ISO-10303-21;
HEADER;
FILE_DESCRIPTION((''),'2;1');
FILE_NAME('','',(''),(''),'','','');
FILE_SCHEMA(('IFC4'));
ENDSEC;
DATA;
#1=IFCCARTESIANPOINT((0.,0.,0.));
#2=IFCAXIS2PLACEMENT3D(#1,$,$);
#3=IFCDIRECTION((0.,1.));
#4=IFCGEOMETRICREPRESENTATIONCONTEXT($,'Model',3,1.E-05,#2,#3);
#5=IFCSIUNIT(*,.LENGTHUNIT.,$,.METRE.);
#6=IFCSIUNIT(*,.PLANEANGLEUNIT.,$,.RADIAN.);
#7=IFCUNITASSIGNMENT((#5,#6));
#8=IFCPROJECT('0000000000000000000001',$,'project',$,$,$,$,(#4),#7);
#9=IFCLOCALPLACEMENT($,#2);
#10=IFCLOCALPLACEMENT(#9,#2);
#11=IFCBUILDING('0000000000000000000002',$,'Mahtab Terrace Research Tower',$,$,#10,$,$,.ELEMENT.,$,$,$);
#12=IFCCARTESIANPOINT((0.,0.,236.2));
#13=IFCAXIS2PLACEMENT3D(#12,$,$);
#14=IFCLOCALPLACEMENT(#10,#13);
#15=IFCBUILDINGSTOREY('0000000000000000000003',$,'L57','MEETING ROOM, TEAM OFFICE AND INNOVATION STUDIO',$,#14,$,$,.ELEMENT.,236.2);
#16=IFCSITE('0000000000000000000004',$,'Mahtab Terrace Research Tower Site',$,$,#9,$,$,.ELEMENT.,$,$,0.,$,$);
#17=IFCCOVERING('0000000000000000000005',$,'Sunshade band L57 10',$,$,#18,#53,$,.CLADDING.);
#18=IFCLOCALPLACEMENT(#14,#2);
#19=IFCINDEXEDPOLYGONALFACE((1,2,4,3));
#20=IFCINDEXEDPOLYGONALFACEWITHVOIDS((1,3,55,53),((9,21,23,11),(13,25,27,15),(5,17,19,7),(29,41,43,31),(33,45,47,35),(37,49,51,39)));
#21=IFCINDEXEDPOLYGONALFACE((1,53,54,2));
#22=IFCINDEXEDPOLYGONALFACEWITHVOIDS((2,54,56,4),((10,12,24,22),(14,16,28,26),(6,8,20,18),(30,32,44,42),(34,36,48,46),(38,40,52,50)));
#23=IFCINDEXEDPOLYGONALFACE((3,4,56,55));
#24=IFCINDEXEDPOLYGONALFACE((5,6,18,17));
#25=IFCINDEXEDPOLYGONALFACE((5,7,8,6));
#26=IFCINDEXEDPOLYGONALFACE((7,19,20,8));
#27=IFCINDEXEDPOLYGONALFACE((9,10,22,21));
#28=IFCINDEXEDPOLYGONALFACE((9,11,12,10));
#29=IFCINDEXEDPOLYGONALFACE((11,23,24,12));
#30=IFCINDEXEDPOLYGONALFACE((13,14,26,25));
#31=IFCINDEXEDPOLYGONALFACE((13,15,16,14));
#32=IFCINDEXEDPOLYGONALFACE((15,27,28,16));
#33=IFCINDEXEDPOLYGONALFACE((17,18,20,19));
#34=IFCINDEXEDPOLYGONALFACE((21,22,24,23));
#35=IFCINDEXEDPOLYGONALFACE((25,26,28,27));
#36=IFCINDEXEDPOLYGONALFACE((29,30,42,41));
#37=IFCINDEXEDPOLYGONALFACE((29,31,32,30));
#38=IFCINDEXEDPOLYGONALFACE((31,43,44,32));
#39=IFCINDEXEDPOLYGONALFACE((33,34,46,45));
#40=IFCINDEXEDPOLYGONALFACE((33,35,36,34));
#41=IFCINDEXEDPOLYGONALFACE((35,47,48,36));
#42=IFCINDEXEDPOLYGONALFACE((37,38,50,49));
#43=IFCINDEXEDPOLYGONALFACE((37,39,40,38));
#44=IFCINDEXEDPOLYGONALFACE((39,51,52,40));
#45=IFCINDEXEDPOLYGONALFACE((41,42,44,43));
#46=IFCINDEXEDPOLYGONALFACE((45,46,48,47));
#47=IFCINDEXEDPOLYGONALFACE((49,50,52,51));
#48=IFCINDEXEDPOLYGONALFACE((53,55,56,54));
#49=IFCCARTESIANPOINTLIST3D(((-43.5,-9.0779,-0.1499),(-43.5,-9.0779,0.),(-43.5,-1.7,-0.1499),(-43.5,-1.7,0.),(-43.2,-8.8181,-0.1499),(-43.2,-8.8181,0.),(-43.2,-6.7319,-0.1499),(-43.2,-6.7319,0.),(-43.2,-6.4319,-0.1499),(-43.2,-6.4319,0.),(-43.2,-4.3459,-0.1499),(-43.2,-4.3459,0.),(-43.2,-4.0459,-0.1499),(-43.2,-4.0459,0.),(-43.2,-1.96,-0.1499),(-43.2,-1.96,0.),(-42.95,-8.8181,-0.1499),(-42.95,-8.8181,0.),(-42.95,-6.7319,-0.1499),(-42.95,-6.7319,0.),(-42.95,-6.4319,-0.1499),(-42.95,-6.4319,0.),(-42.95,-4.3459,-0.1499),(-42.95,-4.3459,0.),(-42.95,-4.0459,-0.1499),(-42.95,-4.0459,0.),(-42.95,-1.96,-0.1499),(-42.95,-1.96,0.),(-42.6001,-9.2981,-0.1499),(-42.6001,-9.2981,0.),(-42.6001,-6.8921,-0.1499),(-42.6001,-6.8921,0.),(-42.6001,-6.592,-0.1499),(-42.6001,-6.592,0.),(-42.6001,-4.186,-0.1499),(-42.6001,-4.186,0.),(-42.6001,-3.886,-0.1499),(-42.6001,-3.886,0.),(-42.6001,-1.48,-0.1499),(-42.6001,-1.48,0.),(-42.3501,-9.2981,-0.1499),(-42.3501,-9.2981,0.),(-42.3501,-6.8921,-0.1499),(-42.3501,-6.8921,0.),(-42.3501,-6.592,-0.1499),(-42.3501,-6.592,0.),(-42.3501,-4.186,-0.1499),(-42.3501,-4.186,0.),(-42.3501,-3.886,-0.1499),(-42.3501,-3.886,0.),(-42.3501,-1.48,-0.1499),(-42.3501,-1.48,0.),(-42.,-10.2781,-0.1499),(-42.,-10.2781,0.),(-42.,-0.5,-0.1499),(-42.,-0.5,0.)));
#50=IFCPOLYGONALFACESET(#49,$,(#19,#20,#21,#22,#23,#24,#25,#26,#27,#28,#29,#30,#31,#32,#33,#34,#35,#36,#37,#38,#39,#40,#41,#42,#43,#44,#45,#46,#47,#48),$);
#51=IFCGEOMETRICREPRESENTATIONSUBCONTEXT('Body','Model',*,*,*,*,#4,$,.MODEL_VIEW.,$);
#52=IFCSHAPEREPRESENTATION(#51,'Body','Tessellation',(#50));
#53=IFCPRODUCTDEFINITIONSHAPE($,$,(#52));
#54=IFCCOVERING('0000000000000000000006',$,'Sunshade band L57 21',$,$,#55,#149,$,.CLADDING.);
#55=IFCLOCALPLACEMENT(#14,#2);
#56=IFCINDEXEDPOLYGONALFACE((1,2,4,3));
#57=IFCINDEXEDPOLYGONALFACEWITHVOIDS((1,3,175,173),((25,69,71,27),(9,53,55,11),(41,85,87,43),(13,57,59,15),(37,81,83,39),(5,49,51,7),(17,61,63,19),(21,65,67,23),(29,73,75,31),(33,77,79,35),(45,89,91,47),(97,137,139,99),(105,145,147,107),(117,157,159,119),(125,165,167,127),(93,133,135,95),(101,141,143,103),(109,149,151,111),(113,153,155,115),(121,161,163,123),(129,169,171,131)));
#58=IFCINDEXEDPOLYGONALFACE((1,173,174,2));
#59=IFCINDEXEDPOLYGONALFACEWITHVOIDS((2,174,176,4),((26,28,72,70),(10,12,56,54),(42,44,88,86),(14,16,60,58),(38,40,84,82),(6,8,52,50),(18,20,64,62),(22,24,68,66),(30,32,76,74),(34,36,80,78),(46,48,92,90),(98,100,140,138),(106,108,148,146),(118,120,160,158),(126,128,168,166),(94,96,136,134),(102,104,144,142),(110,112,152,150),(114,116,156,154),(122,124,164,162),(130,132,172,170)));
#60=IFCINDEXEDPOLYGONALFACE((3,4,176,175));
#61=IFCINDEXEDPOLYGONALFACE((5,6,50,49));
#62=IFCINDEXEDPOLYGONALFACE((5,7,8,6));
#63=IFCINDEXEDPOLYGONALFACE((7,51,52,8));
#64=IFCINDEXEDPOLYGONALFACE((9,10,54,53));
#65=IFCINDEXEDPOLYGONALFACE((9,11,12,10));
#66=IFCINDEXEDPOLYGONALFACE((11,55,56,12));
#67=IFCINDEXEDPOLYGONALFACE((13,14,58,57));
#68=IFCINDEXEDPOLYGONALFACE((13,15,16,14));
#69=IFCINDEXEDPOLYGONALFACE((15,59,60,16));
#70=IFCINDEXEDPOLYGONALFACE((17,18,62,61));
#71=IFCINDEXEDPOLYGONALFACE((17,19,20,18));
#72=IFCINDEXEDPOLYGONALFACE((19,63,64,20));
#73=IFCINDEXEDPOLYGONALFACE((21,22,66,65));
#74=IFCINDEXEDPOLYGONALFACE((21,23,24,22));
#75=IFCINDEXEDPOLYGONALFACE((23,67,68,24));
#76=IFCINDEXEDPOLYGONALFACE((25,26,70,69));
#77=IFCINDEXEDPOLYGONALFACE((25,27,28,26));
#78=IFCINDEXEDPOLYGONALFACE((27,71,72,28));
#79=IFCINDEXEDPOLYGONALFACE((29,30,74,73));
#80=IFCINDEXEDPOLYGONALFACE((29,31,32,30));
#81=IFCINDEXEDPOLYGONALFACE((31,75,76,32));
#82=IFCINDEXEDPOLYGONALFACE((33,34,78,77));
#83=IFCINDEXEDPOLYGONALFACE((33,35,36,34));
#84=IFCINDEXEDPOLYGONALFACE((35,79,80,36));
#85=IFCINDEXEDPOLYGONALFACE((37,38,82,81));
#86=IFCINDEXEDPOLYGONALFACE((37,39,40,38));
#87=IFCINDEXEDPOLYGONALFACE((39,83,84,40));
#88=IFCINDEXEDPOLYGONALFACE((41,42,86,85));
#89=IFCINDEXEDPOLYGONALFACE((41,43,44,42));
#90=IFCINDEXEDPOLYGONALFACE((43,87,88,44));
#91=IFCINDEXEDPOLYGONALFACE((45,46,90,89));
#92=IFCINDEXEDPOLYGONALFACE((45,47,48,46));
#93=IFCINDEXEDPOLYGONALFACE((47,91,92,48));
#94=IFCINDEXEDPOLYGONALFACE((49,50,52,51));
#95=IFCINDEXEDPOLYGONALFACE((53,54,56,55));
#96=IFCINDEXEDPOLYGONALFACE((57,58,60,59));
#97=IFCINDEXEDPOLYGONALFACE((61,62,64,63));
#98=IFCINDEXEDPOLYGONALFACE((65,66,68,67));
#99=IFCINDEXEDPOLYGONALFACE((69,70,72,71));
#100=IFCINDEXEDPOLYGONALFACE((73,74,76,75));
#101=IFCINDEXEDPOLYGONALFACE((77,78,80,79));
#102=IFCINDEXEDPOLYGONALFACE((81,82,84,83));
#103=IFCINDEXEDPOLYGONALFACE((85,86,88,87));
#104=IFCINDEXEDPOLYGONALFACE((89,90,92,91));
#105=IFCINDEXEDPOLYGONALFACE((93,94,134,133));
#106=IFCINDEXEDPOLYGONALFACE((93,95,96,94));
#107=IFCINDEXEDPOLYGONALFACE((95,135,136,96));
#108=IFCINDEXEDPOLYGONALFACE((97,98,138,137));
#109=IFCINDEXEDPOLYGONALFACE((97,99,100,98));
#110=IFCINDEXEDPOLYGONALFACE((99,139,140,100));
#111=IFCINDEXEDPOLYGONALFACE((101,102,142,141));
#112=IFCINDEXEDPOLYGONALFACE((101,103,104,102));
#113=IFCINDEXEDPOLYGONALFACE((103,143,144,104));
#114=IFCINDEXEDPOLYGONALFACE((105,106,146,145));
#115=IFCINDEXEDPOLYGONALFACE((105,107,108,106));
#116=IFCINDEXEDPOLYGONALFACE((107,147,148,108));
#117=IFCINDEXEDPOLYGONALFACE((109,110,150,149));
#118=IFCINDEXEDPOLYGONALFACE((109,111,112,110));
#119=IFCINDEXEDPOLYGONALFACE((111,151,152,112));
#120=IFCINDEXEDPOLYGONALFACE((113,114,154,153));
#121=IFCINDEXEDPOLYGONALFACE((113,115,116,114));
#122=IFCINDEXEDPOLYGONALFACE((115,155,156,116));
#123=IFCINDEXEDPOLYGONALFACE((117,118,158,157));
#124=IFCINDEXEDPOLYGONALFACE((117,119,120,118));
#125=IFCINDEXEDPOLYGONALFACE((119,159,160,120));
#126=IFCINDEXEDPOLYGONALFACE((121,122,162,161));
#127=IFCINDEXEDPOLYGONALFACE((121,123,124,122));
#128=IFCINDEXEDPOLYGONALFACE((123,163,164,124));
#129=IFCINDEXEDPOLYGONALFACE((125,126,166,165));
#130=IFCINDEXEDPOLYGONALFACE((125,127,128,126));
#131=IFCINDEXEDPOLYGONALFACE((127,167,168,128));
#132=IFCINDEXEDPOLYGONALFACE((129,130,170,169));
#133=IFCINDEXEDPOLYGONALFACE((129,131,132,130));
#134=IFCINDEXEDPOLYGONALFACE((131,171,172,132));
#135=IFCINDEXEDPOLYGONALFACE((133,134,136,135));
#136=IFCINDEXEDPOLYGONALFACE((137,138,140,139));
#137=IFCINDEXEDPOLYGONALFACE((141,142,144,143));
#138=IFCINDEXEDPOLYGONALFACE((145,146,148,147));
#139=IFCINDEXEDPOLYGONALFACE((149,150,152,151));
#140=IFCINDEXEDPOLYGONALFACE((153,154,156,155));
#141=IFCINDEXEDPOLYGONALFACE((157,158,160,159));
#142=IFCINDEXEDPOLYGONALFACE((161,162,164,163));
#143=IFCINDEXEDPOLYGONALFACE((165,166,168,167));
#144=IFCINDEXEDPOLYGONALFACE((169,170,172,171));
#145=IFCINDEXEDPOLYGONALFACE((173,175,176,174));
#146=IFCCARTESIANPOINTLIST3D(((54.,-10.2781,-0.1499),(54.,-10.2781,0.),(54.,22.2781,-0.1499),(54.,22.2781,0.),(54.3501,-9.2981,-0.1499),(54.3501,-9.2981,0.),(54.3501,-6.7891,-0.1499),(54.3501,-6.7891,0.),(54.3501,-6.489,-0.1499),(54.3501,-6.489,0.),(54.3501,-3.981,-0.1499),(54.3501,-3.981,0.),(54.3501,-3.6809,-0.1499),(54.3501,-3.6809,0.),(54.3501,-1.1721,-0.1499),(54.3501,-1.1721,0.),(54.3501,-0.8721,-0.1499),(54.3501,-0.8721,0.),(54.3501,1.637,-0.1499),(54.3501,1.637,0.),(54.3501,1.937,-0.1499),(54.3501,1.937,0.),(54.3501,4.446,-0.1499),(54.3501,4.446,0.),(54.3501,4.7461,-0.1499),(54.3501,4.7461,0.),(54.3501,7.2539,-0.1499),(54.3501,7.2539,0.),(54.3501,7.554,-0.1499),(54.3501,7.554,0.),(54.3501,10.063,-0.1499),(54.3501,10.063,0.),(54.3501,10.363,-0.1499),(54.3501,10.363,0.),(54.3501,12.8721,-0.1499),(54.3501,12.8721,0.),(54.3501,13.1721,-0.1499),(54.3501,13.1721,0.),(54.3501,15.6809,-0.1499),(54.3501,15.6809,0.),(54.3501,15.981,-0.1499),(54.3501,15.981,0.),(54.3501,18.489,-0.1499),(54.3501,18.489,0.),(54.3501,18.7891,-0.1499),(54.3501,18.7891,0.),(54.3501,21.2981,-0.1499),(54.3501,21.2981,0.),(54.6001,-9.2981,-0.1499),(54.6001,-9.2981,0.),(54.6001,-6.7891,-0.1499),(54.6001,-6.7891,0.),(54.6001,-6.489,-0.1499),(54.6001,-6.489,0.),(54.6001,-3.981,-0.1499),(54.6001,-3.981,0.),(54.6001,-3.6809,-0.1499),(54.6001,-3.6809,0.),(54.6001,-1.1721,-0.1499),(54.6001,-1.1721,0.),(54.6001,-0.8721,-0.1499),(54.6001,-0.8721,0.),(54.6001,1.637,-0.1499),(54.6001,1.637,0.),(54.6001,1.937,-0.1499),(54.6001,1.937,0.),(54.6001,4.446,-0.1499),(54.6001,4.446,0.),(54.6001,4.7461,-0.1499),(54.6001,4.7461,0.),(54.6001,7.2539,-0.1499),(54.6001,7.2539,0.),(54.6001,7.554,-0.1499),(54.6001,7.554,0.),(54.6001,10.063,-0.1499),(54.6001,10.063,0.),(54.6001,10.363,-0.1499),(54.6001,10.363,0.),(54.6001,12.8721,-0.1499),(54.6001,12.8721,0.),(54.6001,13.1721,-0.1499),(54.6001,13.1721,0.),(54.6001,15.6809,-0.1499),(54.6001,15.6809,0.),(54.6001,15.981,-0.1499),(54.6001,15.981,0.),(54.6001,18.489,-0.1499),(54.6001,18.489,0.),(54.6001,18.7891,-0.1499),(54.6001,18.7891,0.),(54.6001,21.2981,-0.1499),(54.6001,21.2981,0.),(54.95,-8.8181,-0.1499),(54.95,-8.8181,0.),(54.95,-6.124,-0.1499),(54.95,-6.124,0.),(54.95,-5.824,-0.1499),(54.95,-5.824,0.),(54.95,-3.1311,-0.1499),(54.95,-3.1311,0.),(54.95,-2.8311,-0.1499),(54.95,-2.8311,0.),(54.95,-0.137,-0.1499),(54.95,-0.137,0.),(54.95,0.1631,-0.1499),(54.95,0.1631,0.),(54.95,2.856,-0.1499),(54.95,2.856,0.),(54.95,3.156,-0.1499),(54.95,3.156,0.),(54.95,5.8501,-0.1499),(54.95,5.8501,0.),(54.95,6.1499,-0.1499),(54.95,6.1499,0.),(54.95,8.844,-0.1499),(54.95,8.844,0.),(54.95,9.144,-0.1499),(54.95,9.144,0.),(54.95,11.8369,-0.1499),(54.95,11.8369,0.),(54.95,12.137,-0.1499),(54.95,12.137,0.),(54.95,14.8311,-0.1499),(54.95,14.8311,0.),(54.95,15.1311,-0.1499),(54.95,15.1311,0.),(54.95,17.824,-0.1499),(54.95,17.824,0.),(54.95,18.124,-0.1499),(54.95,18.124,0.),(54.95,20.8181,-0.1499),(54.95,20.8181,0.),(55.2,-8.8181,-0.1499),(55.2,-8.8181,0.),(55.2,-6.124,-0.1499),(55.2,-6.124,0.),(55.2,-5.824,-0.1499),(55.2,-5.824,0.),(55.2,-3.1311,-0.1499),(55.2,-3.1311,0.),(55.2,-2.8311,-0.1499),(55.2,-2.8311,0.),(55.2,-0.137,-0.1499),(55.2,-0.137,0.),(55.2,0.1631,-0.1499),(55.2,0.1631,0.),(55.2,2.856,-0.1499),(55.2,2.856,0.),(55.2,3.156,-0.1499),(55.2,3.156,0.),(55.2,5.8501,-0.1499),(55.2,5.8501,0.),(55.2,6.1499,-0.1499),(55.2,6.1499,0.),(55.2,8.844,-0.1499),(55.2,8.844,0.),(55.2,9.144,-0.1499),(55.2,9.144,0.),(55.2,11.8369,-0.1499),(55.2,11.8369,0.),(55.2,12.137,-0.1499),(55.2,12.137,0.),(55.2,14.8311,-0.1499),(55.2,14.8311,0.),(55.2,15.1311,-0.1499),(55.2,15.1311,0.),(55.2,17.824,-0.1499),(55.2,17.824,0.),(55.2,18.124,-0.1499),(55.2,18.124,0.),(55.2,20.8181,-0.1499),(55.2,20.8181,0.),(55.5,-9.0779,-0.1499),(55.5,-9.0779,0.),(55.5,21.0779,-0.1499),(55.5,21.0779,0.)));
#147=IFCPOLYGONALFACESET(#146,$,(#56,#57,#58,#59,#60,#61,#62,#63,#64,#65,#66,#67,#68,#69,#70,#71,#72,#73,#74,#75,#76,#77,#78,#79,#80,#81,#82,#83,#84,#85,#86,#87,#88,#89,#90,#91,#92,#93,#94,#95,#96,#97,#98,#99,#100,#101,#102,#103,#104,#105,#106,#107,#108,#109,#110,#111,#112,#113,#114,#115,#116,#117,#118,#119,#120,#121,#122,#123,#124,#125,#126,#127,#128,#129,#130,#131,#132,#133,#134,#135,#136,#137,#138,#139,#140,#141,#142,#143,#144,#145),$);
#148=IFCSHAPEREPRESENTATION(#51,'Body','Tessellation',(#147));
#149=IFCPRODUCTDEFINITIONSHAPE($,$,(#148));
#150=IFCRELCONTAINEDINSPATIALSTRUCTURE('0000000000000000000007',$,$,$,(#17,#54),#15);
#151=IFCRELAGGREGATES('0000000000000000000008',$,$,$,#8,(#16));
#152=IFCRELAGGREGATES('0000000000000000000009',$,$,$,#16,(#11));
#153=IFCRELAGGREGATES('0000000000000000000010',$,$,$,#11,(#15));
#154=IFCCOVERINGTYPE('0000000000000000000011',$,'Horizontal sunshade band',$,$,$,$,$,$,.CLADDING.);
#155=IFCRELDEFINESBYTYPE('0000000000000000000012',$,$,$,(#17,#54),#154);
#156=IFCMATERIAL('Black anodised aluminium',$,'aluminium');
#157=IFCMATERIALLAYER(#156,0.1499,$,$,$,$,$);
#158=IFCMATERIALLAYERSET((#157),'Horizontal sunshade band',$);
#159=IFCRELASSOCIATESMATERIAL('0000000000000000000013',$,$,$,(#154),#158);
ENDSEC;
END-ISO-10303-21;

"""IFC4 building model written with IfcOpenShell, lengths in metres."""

from ifc_helpers import new_model, si_unit, direction, frame, origin, place, context, subcontext, project, spatial, polyline, outline, extrude, material, layer, layer_set, type_object, element, save


model = new_model("IFC4")

# Units and contexts
model_context = context("Model", 3, precision=1e-05, world=origin(), true_north=direction((0.0, 1.0)))
body_context = subcontext(model_context, "Body", "Model", "MODEL_VIEW")
ifc_project = project(units=[si_unit("LENGTHUNIT", "METRE"), si_unit("PLANEANGLEUNIT", "RADIAN")], contexts=[model_context])

# Site, building, storey
site_placement = place(None, origin())
site = spatial("IfcSite", under=ifc_project, at=site_placement, Name="Mahtab Terrace Research Tower Site", CompositionType="ELEMENT", RefElevation=0.0)
building_placement = place(site_placement, origin())
building = spatial("IfcBuilding", under=site, at=building_placement, Name="Mahtab Terrace Research Tower", CompositionType="ELEMENT")
storey_placement = place(building_placement, frame((0.0, 0.0, 236.2)))
storey = spatial("IfcBuildingStorey", under=building, at=storey_placement, Name="L57", Description="MEETING ROOM, TEAM OFFICE AND INNOVATION STUDIO", CompositionType="ELEMENT", Elevation=236.2)

# Coverings
ifc_material_1 = material(Name="Black anodised aluminium", Category="aluminium")
ifc_layer_1 = layer(ifc_material_1, 0.1499)
ifc_layer_set_1 = layer_set([ifc_layer_1], Name="Horizontal sunshade band")
covering_type_1 = type_object("IfcCoveringType", Name="Horizontal sunshade band", PredefinedType="CLADDING", material=ifc_layer_set_1)
covering_1_placement = place(storey_placement, frame((0.0, 0.0, -0.1499)))
element("IfcCovering", 1, at=covering_1_placement, inside=storey, type_object=covering_type_1, Name="Sunshade band L57 10", PredefinedType="CLADDING", context=body_context, shape_type="SweptSolid", body=[
    extrude(outline(polyline([(-42.0, -0.5), (-42.0, -10.2781), (-43.5, -9.0779), (-43.5, -1.7), (-42.0, -0.5)]), holes=[polyline([(-42.3501, -1.48), (-42.3501, -3.886), (-42.6001, -3.886), (-42.6001, -1.48), (-42.3501, -1.48)]), polyline([(-42.3501, -4.186), (-42.3501, -6.592), (-42.6001, -6.592), (-42.6001, -4.186), (-42.3501, -4.186)]), polyline([(-42.3501, -6.8921), (-42.3501, -9.2981), (-42.6001, -9.2981), (-42.6001, -6.8921), (-42.3501, -6.8921)]), polyline([(-42.95, -1.96), (-42.95, -4.0459), (-43.2, -4.0459), (-43.2, -1.96), (-42.95, -1.96)]), polyline([(-42.95, -4.3459), (-42.95, -6.4319), (-43.2, -6.4319), (-43.2, -4.3459), (-42.95, -4.3459)]), polyline([(-42.95, -6.7319), (-42.95, -8.8181), (-43.2, -8.8181), (-43.2, -6.7319), (-42.95, -6.7319)])]), origin(), (0.0, 0.0, 1.0), 0.1499),
])
covering_2_placement = place(storey_placement, frame((0.0, 0.0, -0.1499)))
element("IfcCovering", 2, at=covering_2_placement, inside=storey, type_object=covering_type_1, Name="Sunshade band L57 21", PredefinedType="CLADDING", context=body_context, shape_type="SweptSolid", body=[
    extrude(outline(polyline([(54.0, -10.2781), (54.0, 22.2781), (55.5, 21.0779), (55.5, -9.0779), (54.0, -10.2781)]), holes=[polyline([(54.3501, -9.2981), (54.3501, -6.7891), (54.6001, -6.7891), (54.6001, -9.2981), (54.3501, -9.2981)]), polyline([(54.3501, -6.489), (54.3501, -3.981), (54.6001, -3.981), (54.6001, -6.489), (54.3501, -6.489)]), polyline([(54.3501, -3.6809), (54.3501, -1.1721), (54.6001, -1.1721), (54.6001, -3.6809), (54.3501, -3.6809)]), polyline([(54.3501, -0.8721), (54.3501, 1.637), (54.6001, 1.637), (54.6001, -0.8721), (54.3501, -0.8721)]), polyline([(54.3501, 1.937), (54.3501, 4.446), (54.6001, 4.446), (54.6001, 1.937), (54.3501, 1.937)]), polyline([(54.3501, 4.7461), (54.3501, 7.2539), (54.6001, 7.2539), (54.6001, 4.7461), (54.3501, 4.7461)]), polyline([(54.3501, 7.554), (54.3501, 10.063), (54.6001, 10.063), (54.6001, 7.554), (54.3501, 7.554)]), polyline([(54.3501, 10.363), (54.3501, 12.8721), (54.6001, 12.8721), (54.6001, 10.363), (54.3501, 10.363)]), polyline([(54.3501, 13.1721), (54.3501, 15.6809), (54.6001, 15.6809), (54.6001, 13.1721), (54.3501, 13.1721)]), polyline([(54.3501, 15.981), (54.3501, 18.489), (54.6001, 18.489), (54.6001, 15.981), (54.3501, 15.981)]), polyline([(54.3501, 18.7891), (54.3501, 21.2981), (54.6001, 21.2981), (54.6001, 18.7891), (54.3501, 18.7891)]), polyline([(54.95, -8.8181), (54.95, -6.124), (55.2, -6.124), (55.2, -8.8181), (54.95, -8.8181)]), polyline([(54.95, -5.824), (54.95, -3.1311), (55.2, -3.1311), (55.2, -5.824), (54.95, -5.824)]), polyline([(54.95, -2.8311), (54.95, -0.137), (55.2, -0.137), (55.2, -2.8311), (54.95, -2.8311)]), polyline([(54.95, 0.1631), (54.95, 2.856), (55.2, 2.856), (55.2, 0.1631), (54.95, 0.1631)]), polyline([(54.95, 3.156), (54.95, 5.8501), (55.2, 5.8501), (55.2, 3.156), (54.95, 3.156)]), polyline([(54.95, 6.1499), (54.95, 8.844), (55.2, 8.844), (55.2, 6.1499), (54.95, 6.1499)]), polyline([(54.95, 9.144), (54.95, 11.8369), (55.2, 11.8369), (55.2, 9.144), (54.95, 9.144)]), polyline([(54.95, 12.137), (54.95, 14.8311), (55.2, 14.8311), (55.2, 12.137), (54.95, 12.137)]), polyline([(54.95, 15.1311), (54.95, 17.824), (55.2, 17.824), (55.2, 15.1311), (54.95, 15.1311)]), polyline([(54.95, 18.124), (54.95, 20.8181), (55.2, 20.8181), (55.2, 18.124), (54.95, 18.124)])]), origin(), (0.0, 0.0, 1.0), 0.1499),
])

save(model, "model.ifc")
